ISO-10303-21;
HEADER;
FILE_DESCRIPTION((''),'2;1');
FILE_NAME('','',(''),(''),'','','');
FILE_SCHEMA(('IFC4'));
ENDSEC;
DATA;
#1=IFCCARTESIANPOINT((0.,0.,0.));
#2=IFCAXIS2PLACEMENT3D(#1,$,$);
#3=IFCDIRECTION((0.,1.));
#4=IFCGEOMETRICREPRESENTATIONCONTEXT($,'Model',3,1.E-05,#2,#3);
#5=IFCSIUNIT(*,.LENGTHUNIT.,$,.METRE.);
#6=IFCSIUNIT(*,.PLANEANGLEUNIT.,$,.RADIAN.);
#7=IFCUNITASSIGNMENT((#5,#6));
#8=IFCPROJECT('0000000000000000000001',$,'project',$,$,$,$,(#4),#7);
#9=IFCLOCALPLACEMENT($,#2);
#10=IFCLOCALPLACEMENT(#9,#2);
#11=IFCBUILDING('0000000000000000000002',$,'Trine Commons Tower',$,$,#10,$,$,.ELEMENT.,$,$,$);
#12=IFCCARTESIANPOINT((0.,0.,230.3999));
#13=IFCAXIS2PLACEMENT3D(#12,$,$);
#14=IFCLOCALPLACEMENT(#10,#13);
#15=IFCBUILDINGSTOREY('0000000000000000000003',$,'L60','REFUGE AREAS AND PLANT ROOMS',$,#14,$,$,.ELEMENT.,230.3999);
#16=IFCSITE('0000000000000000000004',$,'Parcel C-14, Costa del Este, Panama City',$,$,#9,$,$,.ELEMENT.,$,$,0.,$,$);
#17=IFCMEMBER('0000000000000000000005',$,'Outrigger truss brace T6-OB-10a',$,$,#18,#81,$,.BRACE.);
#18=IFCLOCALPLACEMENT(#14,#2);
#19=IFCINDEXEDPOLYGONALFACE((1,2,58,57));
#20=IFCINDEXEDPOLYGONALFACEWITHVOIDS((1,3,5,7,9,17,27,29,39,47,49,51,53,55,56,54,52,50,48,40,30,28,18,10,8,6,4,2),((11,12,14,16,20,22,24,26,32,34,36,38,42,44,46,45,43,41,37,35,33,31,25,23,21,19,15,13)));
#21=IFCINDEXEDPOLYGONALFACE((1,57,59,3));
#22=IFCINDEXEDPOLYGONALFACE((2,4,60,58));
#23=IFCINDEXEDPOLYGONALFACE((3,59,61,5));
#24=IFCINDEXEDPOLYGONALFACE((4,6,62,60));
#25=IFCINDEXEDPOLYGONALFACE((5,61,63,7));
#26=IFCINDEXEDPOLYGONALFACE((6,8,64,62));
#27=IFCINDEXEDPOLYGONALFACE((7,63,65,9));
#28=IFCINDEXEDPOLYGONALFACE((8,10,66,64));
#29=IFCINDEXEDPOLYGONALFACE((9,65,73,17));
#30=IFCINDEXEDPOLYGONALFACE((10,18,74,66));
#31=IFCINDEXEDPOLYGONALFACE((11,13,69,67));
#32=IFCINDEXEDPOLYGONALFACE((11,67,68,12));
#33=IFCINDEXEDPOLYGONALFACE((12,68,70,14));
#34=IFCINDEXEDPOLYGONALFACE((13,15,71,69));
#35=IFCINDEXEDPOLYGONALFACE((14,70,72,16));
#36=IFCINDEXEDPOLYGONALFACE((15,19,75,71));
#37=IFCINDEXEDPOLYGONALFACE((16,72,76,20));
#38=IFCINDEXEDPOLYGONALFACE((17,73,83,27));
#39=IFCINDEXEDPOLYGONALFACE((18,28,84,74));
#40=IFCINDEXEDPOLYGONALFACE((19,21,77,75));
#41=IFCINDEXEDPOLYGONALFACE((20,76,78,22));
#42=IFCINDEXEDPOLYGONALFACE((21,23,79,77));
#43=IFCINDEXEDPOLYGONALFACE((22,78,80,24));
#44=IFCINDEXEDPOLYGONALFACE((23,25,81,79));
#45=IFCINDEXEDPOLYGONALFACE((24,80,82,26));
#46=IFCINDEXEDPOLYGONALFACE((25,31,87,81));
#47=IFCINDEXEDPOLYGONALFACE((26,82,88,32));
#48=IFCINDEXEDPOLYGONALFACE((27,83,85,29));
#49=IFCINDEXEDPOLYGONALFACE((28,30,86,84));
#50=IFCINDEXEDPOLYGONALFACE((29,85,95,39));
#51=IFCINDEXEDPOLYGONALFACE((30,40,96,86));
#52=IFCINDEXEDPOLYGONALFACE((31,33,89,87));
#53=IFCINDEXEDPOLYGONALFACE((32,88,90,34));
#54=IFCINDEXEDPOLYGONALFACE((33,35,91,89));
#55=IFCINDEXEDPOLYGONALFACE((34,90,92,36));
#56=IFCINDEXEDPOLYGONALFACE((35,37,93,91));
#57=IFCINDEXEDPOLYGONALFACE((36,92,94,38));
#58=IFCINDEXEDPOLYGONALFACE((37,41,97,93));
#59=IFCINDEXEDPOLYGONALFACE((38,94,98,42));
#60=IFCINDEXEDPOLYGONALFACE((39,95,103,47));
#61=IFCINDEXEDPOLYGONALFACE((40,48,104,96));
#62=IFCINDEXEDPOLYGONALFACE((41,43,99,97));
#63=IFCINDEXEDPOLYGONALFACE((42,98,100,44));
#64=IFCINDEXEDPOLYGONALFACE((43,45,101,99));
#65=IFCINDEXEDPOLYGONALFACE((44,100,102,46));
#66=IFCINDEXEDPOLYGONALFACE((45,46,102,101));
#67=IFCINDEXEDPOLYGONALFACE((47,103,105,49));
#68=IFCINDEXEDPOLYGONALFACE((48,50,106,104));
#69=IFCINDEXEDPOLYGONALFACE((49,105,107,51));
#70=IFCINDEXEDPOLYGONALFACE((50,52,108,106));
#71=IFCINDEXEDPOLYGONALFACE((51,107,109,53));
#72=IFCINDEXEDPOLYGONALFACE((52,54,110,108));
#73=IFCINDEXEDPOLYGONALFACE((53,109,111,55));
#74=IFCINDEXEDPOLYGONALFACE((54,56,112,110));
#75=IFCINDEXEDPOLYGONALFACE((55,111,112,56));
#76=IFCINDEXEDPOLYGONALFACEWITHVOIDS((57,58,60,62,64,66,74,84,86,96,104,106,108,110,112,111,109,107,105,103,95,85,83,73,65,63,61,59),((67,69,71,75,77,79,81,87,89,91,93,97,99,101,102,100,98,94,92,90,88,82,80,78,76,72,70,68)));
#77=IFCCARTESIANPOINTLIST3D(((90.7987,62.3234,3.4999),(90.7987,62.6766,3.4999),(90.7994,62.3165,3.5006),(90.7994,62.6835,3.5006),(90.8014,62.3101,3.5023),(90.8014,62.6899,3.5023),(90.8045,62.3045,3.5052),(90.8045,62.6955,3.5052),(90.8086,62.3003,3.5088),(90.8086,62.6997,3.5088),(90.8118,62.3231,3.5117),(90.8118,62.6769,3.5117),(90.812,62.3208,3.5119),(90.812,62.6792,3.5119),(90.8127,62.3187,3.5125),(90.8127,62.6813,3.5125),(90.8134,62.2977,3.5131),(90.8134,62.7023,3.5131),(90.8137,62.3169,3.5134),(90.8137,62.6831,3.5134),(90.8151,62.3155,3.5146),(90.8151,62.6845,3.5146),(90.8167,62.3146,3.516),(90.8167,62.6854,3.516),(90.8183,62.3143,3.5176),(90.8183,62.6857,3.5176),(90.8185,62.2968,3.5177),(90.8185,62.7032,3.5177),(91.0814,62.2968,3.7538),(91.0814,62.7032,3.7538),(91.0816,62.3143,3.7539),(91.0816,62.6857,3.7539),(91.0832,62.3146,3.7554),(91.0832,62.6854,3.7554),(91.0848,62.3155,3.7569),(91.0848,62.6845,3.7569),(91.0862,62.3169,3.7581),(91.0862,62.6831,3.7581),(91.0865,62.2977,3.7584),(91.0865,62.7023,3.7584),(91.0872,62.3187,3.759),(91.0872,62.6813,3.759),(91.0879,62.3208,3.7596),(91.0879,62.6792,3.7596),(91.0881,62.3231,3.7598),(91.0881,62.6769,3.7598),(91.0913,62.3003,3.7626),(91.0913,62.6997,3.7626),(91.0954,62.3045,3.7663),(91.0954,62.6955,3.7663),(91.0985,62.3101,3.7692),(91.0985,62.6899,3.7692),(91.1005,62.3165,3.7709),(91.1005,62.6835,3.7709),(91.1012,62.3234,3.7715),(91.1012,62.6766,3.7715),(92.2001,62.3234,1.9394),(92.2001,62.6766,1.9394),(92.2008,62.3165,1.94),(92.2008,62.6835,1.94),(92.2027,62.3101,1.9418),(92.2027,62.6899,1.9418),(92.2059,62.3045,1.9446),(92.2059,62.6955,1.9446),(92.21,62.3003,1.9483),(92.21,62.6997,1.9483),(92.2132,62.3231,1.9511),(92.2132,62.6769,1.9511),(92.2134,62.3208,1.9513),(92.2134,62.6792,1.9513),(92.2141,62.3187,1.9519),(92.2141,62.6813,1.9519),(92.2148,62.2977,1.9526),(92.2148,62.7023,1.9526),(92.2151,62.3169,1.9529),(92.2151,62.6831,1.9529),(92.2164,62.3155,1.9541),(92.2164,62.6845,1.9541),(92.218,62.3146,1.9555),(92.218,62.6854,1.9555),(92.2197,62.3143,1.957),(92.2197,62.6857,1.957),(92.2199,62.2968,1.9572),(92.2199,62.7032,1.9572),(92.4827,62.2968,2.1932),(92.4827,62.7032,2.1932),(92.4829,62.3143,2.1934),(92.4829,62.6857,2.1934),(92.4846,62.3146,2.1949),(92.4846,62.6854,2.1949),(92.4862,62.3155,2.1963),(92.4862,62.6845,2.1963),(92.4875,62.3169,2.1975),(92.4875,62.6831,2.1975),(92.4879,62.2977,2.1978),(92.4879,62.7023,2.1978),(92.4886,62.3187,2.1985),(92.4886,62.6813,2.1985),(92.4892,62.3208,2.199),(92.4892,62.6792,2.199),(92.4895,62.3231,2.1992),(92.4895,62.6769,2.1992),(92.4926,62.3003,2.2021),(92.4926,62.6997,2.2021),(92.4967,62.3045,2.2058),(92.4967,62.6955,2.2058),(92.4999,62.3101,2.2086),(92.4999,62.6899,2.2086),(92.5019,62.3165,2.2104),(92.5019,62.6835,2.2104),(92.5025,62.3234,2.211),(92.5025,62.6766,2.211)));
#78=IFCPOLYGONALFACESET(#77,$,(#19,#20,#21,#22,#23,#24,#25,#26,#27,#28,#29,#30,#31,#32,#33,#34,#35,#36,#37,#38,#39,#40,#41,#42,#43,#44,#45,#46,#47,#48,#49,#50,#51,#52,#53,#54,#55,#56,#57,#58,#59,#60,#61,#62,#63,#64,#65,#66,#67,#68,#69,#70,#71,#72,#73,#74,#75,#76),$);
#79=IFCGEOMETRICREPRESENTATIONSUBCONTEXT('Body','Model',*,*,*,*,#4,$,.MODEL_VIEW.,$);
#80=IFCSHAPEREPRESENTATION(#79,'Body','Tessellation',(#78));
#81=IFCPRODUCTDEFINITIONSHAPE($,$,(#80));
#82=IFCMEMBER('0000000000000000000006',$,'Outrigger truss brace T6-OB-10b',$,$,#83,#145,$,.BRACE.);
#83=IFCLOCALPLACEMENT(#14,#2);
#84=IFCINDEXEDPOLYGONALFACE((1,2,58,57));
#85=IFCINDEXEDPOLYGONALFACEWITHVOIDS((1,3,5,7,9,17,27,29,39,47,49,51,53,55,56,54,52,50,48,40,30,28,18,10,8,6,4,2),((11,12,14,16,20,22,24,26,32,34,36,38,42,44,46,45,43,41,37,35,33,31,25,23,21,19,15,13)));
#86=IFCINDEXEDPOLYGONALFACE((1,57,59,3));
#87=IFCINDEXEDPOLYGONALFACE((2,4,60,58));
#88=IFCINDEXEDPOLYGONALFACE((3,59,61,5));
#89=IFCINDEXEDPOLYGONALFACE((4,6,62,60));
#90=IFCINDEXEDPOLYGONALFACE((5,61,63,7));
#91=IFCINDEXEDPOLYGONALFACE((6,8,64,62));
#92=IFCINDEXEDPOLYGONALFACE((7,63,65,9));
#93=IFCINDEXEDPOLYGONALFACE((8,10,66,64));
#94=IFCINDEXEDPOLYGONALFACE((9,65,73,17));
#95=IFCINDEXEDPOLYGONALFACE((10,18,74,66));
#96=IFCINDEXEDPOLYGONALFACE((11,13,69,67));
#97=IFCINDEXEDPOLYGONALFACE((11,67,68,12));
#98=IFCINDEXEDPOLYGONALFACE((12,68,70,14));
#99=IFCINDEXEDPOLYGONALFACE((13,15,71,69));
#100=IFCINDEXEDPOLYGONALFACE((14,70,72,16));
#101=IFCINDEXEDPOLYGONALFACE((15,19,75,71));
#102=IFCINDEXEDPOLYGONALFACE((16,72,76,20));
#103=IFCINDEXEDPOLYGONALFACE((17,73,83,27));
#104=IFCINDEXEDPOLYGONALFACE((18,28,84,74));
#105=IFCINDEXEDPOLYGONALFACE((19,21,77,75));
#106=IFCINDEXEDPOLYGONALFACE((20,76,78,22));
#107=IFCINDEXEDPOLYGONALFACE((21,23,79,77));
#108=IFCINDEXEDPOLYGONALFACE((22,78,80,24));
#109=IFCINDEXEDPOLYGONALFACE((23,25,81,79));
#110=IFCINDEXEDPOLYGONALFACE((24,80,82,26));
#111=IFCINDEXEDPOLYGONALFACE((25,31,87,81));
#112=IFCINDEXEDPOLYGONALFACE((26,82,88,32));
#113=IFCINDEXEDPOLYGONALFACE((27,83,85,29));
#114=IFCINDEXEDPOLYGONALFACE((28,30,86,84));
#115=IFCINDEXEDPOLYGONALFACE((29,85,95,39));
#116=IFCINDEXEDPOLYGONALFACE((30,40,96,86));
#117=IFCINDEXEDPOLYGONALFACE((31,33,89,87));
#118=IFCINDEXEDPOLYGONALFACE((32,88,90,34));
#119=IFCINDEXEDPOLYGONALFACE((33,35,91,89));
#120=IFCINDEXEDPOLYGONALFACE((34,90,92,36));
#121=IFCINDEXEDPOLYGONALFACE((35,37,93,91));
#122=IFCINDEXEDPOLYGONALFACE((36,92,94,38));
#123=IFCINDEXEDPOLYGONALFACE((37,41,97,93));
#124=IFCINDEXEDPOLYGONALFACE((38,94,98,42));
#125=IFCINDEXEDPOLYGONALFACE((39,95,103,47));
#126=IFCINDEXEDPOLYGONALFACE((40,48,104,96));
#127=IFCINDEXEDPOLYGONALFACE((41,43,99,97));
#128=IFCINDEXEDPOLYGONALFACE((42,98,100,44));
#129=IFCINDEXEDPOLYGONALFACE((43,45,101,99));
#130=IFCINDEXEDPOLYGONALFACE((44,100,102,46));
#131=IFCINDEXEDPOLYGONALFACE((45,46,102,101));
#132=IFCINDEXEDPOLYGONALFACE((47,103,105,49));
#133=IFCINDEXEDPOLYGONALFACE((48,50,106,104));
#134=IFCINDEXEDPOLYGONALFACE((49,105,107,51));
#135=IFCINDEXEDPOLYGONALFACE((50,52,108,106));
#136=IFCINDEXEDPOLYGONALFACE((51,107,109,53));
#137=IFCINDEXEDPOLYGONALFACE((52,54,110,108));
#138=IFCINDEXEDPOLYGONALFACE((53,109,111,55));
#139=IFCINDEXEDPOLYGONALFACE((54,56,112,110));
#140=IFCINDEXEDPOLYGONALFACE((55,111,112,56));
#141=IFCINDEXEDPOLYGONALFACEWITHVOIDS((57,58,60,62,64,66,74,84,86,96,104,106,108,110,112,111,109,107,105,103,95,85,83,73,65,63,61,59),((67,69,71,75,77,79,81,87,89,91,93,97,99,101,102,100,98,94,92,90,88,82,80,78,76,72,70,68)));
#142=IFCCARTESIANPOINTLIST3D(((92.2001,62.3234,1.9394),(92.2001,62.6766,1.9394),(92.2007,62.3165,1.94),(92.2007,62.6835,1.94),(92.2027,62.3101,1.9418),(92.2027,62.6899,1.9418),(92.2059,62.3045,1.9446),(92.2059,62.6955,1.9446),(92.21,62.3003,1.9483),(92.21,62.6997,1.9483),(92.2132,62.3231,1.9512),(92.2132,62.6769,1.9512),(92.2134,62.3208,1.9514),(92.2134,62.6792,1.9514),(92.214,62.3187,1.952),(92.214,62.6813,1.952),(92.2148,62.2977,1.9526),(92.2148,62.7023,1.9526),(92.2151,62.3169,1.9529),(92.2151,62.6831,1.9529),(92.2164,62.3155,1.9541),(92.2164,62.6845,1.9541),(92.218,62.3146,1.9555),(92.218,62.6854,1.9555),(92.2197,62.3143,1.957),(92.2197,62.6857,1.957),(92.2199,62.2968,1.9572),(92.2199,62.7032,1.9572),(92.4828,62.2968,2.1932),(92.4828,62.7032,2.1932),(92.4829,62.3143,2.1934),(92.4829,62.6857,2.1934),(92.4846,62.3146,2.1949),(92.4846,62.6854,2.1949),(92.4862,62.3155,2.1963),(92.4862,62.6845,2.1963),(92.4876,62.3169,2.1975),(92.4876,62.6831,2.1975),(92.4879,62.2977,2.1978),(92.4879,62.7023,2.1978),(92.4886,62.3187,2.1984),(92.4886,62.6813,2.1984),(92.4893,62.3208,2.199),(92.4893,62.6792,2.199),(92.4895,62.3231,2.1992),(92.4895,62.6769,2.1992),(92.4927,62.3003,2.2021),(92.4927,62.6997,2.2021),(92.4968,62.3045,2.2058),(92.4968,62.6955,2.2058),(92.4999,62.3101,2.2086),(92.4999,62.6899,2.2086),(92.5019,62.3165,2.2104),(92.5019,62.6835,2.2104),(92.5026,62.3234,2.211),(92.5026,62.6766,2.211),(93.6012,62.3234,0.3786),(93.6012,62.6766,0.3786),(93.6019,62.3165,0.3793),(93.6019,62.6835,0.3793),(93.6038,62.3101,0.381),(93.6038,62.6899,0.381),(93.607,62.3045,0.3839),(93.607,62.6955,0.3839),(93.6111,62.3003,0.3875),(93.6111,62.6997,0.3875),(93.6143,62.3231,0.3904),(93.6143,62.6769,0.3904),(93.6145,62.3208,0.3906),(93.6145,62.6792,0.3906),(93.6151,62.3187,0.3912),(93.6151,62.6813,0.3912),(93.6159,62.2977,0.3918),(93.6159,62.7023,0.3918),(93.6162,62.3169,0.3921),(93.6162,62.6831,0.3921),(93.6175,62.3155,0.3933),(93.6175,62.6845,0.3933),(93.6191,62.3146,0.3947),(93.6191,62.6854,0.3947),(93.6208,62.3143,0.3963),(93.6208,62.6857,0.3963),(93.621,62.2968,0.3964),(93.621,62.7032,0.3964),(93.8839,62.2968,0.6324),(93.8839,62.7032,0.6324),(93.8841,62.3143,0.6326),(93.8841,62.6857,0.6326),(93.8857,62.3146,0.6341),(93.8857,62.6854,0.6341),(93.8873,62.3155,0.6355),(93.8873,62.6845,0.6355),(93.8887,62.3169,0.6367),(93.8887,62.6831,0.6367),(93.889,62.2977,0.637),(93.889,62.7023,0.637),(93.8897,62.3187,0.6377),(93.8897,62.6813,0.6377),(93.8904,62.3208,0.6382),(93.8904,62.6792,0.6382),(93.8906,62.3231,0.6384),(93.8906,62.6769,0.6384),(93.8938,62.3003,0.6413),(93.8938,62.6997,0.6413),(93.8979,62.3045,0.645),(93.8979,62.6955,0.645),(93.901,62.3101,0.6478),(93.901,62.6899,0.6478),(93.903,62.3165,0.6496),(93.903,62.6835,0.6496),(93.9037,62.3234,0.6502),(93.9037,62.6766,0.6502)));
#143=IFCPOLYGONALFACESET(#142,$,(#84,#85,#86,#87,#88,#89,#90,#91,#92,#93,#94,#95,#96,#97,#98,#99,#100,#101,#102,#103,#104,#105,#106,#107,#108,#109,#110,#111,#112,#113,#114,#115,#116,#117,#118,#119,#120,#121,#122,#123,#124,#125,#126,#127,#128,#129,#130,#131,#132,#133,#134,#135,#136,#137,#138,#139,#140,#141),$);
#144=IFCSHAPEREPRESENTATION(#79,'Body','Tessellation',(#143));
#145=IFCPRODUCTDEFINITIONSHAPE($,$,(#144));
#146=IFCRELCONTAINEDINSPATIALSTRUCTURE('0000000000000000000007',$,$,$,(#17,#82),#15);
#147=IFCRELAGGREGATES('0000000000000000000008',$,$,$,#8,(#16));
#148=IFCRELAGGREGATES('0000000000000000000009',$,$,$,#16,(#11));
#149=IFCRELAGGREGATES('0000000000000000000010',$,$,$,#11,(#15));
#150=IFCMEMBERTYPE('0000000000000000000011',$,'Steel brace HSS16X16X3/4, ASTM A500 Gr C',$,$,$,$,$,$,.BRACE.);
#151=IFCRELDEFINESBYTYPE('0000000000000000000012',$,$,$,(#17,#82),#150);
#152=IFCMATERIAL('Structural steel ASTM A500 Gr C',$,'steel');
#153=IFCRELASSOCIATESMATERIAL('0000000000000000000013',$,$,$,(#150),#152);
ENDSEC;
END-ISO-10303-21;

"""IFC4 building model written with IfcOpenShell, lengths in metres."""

from ifc_helpers import new_model, si_unit, direction, frame, origin, origin_2d, place, context, subcontext, project, spatial, hollow_rectangle, extrude, material, material_profile, profile_set, type_object, element, save


model = new_model("IFC4")

# Units and contexts
model_context = context("Model", 3, precision=1e-05, world=origin(), true_north=direction((0.0, 1.0)))
body_context = subcontext(model_context, "Body", "Model", "MODEL_VIEW")
ifc_project = project(units=[si_unit("LENGTHUNIT", "METRE"), si_unit("PLANEANGLEUNIT", "RADIAN")], contexts=[model_context])

# Site, building, storey
site_placement = place(None, origin())
site = spatial("IfcSite", under=ifc_project, at=site_placement, Name="Parcel C-14, Costa del Este, Panama City", CompositionType="ELEMENT", RefElevation=0.0)
building_placement = place(site_placement, origin())
building = spatial("IfcBuilding", under=site, at=building_placement, Name="Trine Commons Tower", CompositionType="ELEMENT")
storey_placement = place(building_placement, frame((0.0, 0.0, 230.3999)))
storey = spatial("IfcBuildingStorey", under=building, at=storey_placement, Name="L60", Description="REFUGE AREAS AND PLANT ROOMS", CompositionType="ELEMENT", Elevation=230.3999)

# Members
ifc_material_1 = material(Name="Structural steel ASTM A500 Gr C", Category="steel")
ifc_material_profile_1 = material_profile(ifc_material_1, hollow_rectangle(XDim=0.4065, YDim=0.4065, WallThickness=0.0176, InnerFilletRadius=0.0088, OuterFilletRadius=0.0266, at=origin_2d()), Name="HSS16X16X3/4")
ifc_profile_set_1 = profile_set([ifc_material_profile_1], Name="Structural steel ASTM A500 Gr C")
member_type_1 = type_object("IfcMemberType", Name="Steel brace HSS16X16X3/4, ASTM A500 Gr C", PredefinedType="BRACE", material=ifc_profile_set_1)
for number, where, z_axis, x_axis, name in (
    (1, (90.95, 62.5, 3.6357), (0.668141, 0.0, -0.744035), (0.0, 1.0, 0.0), "Outrigger truss brace T6-OB-10a"),
    (2, (92.3513, 62.5, 2.0752), (0.668019, 0.0, -0.744144), (0.0, 1.0, 0.0), "Outrigger truss brace T6-OB-10b"),
):
    element("IfcMember", number, at=place(storey_placement, frame(where, z_axis=z_axis, x_axis=x_axis)), inside=storey, type_object=member_type_1, Name=name, PredefinedType="BRACE", context=body_context, shape_type="SweptSolid", body=[
        extrude(hollow_rectangle(XDim=0.4065, YDim=0.4065, WallThickness=0.0176, InnerFilletRadius=0.0088, OuterFilletRadius=0.0266, at=origin_2d()), origin(), (0.0, 0.0, 1.0), 2.0974),
    ])

save(model, "model.ifc")
